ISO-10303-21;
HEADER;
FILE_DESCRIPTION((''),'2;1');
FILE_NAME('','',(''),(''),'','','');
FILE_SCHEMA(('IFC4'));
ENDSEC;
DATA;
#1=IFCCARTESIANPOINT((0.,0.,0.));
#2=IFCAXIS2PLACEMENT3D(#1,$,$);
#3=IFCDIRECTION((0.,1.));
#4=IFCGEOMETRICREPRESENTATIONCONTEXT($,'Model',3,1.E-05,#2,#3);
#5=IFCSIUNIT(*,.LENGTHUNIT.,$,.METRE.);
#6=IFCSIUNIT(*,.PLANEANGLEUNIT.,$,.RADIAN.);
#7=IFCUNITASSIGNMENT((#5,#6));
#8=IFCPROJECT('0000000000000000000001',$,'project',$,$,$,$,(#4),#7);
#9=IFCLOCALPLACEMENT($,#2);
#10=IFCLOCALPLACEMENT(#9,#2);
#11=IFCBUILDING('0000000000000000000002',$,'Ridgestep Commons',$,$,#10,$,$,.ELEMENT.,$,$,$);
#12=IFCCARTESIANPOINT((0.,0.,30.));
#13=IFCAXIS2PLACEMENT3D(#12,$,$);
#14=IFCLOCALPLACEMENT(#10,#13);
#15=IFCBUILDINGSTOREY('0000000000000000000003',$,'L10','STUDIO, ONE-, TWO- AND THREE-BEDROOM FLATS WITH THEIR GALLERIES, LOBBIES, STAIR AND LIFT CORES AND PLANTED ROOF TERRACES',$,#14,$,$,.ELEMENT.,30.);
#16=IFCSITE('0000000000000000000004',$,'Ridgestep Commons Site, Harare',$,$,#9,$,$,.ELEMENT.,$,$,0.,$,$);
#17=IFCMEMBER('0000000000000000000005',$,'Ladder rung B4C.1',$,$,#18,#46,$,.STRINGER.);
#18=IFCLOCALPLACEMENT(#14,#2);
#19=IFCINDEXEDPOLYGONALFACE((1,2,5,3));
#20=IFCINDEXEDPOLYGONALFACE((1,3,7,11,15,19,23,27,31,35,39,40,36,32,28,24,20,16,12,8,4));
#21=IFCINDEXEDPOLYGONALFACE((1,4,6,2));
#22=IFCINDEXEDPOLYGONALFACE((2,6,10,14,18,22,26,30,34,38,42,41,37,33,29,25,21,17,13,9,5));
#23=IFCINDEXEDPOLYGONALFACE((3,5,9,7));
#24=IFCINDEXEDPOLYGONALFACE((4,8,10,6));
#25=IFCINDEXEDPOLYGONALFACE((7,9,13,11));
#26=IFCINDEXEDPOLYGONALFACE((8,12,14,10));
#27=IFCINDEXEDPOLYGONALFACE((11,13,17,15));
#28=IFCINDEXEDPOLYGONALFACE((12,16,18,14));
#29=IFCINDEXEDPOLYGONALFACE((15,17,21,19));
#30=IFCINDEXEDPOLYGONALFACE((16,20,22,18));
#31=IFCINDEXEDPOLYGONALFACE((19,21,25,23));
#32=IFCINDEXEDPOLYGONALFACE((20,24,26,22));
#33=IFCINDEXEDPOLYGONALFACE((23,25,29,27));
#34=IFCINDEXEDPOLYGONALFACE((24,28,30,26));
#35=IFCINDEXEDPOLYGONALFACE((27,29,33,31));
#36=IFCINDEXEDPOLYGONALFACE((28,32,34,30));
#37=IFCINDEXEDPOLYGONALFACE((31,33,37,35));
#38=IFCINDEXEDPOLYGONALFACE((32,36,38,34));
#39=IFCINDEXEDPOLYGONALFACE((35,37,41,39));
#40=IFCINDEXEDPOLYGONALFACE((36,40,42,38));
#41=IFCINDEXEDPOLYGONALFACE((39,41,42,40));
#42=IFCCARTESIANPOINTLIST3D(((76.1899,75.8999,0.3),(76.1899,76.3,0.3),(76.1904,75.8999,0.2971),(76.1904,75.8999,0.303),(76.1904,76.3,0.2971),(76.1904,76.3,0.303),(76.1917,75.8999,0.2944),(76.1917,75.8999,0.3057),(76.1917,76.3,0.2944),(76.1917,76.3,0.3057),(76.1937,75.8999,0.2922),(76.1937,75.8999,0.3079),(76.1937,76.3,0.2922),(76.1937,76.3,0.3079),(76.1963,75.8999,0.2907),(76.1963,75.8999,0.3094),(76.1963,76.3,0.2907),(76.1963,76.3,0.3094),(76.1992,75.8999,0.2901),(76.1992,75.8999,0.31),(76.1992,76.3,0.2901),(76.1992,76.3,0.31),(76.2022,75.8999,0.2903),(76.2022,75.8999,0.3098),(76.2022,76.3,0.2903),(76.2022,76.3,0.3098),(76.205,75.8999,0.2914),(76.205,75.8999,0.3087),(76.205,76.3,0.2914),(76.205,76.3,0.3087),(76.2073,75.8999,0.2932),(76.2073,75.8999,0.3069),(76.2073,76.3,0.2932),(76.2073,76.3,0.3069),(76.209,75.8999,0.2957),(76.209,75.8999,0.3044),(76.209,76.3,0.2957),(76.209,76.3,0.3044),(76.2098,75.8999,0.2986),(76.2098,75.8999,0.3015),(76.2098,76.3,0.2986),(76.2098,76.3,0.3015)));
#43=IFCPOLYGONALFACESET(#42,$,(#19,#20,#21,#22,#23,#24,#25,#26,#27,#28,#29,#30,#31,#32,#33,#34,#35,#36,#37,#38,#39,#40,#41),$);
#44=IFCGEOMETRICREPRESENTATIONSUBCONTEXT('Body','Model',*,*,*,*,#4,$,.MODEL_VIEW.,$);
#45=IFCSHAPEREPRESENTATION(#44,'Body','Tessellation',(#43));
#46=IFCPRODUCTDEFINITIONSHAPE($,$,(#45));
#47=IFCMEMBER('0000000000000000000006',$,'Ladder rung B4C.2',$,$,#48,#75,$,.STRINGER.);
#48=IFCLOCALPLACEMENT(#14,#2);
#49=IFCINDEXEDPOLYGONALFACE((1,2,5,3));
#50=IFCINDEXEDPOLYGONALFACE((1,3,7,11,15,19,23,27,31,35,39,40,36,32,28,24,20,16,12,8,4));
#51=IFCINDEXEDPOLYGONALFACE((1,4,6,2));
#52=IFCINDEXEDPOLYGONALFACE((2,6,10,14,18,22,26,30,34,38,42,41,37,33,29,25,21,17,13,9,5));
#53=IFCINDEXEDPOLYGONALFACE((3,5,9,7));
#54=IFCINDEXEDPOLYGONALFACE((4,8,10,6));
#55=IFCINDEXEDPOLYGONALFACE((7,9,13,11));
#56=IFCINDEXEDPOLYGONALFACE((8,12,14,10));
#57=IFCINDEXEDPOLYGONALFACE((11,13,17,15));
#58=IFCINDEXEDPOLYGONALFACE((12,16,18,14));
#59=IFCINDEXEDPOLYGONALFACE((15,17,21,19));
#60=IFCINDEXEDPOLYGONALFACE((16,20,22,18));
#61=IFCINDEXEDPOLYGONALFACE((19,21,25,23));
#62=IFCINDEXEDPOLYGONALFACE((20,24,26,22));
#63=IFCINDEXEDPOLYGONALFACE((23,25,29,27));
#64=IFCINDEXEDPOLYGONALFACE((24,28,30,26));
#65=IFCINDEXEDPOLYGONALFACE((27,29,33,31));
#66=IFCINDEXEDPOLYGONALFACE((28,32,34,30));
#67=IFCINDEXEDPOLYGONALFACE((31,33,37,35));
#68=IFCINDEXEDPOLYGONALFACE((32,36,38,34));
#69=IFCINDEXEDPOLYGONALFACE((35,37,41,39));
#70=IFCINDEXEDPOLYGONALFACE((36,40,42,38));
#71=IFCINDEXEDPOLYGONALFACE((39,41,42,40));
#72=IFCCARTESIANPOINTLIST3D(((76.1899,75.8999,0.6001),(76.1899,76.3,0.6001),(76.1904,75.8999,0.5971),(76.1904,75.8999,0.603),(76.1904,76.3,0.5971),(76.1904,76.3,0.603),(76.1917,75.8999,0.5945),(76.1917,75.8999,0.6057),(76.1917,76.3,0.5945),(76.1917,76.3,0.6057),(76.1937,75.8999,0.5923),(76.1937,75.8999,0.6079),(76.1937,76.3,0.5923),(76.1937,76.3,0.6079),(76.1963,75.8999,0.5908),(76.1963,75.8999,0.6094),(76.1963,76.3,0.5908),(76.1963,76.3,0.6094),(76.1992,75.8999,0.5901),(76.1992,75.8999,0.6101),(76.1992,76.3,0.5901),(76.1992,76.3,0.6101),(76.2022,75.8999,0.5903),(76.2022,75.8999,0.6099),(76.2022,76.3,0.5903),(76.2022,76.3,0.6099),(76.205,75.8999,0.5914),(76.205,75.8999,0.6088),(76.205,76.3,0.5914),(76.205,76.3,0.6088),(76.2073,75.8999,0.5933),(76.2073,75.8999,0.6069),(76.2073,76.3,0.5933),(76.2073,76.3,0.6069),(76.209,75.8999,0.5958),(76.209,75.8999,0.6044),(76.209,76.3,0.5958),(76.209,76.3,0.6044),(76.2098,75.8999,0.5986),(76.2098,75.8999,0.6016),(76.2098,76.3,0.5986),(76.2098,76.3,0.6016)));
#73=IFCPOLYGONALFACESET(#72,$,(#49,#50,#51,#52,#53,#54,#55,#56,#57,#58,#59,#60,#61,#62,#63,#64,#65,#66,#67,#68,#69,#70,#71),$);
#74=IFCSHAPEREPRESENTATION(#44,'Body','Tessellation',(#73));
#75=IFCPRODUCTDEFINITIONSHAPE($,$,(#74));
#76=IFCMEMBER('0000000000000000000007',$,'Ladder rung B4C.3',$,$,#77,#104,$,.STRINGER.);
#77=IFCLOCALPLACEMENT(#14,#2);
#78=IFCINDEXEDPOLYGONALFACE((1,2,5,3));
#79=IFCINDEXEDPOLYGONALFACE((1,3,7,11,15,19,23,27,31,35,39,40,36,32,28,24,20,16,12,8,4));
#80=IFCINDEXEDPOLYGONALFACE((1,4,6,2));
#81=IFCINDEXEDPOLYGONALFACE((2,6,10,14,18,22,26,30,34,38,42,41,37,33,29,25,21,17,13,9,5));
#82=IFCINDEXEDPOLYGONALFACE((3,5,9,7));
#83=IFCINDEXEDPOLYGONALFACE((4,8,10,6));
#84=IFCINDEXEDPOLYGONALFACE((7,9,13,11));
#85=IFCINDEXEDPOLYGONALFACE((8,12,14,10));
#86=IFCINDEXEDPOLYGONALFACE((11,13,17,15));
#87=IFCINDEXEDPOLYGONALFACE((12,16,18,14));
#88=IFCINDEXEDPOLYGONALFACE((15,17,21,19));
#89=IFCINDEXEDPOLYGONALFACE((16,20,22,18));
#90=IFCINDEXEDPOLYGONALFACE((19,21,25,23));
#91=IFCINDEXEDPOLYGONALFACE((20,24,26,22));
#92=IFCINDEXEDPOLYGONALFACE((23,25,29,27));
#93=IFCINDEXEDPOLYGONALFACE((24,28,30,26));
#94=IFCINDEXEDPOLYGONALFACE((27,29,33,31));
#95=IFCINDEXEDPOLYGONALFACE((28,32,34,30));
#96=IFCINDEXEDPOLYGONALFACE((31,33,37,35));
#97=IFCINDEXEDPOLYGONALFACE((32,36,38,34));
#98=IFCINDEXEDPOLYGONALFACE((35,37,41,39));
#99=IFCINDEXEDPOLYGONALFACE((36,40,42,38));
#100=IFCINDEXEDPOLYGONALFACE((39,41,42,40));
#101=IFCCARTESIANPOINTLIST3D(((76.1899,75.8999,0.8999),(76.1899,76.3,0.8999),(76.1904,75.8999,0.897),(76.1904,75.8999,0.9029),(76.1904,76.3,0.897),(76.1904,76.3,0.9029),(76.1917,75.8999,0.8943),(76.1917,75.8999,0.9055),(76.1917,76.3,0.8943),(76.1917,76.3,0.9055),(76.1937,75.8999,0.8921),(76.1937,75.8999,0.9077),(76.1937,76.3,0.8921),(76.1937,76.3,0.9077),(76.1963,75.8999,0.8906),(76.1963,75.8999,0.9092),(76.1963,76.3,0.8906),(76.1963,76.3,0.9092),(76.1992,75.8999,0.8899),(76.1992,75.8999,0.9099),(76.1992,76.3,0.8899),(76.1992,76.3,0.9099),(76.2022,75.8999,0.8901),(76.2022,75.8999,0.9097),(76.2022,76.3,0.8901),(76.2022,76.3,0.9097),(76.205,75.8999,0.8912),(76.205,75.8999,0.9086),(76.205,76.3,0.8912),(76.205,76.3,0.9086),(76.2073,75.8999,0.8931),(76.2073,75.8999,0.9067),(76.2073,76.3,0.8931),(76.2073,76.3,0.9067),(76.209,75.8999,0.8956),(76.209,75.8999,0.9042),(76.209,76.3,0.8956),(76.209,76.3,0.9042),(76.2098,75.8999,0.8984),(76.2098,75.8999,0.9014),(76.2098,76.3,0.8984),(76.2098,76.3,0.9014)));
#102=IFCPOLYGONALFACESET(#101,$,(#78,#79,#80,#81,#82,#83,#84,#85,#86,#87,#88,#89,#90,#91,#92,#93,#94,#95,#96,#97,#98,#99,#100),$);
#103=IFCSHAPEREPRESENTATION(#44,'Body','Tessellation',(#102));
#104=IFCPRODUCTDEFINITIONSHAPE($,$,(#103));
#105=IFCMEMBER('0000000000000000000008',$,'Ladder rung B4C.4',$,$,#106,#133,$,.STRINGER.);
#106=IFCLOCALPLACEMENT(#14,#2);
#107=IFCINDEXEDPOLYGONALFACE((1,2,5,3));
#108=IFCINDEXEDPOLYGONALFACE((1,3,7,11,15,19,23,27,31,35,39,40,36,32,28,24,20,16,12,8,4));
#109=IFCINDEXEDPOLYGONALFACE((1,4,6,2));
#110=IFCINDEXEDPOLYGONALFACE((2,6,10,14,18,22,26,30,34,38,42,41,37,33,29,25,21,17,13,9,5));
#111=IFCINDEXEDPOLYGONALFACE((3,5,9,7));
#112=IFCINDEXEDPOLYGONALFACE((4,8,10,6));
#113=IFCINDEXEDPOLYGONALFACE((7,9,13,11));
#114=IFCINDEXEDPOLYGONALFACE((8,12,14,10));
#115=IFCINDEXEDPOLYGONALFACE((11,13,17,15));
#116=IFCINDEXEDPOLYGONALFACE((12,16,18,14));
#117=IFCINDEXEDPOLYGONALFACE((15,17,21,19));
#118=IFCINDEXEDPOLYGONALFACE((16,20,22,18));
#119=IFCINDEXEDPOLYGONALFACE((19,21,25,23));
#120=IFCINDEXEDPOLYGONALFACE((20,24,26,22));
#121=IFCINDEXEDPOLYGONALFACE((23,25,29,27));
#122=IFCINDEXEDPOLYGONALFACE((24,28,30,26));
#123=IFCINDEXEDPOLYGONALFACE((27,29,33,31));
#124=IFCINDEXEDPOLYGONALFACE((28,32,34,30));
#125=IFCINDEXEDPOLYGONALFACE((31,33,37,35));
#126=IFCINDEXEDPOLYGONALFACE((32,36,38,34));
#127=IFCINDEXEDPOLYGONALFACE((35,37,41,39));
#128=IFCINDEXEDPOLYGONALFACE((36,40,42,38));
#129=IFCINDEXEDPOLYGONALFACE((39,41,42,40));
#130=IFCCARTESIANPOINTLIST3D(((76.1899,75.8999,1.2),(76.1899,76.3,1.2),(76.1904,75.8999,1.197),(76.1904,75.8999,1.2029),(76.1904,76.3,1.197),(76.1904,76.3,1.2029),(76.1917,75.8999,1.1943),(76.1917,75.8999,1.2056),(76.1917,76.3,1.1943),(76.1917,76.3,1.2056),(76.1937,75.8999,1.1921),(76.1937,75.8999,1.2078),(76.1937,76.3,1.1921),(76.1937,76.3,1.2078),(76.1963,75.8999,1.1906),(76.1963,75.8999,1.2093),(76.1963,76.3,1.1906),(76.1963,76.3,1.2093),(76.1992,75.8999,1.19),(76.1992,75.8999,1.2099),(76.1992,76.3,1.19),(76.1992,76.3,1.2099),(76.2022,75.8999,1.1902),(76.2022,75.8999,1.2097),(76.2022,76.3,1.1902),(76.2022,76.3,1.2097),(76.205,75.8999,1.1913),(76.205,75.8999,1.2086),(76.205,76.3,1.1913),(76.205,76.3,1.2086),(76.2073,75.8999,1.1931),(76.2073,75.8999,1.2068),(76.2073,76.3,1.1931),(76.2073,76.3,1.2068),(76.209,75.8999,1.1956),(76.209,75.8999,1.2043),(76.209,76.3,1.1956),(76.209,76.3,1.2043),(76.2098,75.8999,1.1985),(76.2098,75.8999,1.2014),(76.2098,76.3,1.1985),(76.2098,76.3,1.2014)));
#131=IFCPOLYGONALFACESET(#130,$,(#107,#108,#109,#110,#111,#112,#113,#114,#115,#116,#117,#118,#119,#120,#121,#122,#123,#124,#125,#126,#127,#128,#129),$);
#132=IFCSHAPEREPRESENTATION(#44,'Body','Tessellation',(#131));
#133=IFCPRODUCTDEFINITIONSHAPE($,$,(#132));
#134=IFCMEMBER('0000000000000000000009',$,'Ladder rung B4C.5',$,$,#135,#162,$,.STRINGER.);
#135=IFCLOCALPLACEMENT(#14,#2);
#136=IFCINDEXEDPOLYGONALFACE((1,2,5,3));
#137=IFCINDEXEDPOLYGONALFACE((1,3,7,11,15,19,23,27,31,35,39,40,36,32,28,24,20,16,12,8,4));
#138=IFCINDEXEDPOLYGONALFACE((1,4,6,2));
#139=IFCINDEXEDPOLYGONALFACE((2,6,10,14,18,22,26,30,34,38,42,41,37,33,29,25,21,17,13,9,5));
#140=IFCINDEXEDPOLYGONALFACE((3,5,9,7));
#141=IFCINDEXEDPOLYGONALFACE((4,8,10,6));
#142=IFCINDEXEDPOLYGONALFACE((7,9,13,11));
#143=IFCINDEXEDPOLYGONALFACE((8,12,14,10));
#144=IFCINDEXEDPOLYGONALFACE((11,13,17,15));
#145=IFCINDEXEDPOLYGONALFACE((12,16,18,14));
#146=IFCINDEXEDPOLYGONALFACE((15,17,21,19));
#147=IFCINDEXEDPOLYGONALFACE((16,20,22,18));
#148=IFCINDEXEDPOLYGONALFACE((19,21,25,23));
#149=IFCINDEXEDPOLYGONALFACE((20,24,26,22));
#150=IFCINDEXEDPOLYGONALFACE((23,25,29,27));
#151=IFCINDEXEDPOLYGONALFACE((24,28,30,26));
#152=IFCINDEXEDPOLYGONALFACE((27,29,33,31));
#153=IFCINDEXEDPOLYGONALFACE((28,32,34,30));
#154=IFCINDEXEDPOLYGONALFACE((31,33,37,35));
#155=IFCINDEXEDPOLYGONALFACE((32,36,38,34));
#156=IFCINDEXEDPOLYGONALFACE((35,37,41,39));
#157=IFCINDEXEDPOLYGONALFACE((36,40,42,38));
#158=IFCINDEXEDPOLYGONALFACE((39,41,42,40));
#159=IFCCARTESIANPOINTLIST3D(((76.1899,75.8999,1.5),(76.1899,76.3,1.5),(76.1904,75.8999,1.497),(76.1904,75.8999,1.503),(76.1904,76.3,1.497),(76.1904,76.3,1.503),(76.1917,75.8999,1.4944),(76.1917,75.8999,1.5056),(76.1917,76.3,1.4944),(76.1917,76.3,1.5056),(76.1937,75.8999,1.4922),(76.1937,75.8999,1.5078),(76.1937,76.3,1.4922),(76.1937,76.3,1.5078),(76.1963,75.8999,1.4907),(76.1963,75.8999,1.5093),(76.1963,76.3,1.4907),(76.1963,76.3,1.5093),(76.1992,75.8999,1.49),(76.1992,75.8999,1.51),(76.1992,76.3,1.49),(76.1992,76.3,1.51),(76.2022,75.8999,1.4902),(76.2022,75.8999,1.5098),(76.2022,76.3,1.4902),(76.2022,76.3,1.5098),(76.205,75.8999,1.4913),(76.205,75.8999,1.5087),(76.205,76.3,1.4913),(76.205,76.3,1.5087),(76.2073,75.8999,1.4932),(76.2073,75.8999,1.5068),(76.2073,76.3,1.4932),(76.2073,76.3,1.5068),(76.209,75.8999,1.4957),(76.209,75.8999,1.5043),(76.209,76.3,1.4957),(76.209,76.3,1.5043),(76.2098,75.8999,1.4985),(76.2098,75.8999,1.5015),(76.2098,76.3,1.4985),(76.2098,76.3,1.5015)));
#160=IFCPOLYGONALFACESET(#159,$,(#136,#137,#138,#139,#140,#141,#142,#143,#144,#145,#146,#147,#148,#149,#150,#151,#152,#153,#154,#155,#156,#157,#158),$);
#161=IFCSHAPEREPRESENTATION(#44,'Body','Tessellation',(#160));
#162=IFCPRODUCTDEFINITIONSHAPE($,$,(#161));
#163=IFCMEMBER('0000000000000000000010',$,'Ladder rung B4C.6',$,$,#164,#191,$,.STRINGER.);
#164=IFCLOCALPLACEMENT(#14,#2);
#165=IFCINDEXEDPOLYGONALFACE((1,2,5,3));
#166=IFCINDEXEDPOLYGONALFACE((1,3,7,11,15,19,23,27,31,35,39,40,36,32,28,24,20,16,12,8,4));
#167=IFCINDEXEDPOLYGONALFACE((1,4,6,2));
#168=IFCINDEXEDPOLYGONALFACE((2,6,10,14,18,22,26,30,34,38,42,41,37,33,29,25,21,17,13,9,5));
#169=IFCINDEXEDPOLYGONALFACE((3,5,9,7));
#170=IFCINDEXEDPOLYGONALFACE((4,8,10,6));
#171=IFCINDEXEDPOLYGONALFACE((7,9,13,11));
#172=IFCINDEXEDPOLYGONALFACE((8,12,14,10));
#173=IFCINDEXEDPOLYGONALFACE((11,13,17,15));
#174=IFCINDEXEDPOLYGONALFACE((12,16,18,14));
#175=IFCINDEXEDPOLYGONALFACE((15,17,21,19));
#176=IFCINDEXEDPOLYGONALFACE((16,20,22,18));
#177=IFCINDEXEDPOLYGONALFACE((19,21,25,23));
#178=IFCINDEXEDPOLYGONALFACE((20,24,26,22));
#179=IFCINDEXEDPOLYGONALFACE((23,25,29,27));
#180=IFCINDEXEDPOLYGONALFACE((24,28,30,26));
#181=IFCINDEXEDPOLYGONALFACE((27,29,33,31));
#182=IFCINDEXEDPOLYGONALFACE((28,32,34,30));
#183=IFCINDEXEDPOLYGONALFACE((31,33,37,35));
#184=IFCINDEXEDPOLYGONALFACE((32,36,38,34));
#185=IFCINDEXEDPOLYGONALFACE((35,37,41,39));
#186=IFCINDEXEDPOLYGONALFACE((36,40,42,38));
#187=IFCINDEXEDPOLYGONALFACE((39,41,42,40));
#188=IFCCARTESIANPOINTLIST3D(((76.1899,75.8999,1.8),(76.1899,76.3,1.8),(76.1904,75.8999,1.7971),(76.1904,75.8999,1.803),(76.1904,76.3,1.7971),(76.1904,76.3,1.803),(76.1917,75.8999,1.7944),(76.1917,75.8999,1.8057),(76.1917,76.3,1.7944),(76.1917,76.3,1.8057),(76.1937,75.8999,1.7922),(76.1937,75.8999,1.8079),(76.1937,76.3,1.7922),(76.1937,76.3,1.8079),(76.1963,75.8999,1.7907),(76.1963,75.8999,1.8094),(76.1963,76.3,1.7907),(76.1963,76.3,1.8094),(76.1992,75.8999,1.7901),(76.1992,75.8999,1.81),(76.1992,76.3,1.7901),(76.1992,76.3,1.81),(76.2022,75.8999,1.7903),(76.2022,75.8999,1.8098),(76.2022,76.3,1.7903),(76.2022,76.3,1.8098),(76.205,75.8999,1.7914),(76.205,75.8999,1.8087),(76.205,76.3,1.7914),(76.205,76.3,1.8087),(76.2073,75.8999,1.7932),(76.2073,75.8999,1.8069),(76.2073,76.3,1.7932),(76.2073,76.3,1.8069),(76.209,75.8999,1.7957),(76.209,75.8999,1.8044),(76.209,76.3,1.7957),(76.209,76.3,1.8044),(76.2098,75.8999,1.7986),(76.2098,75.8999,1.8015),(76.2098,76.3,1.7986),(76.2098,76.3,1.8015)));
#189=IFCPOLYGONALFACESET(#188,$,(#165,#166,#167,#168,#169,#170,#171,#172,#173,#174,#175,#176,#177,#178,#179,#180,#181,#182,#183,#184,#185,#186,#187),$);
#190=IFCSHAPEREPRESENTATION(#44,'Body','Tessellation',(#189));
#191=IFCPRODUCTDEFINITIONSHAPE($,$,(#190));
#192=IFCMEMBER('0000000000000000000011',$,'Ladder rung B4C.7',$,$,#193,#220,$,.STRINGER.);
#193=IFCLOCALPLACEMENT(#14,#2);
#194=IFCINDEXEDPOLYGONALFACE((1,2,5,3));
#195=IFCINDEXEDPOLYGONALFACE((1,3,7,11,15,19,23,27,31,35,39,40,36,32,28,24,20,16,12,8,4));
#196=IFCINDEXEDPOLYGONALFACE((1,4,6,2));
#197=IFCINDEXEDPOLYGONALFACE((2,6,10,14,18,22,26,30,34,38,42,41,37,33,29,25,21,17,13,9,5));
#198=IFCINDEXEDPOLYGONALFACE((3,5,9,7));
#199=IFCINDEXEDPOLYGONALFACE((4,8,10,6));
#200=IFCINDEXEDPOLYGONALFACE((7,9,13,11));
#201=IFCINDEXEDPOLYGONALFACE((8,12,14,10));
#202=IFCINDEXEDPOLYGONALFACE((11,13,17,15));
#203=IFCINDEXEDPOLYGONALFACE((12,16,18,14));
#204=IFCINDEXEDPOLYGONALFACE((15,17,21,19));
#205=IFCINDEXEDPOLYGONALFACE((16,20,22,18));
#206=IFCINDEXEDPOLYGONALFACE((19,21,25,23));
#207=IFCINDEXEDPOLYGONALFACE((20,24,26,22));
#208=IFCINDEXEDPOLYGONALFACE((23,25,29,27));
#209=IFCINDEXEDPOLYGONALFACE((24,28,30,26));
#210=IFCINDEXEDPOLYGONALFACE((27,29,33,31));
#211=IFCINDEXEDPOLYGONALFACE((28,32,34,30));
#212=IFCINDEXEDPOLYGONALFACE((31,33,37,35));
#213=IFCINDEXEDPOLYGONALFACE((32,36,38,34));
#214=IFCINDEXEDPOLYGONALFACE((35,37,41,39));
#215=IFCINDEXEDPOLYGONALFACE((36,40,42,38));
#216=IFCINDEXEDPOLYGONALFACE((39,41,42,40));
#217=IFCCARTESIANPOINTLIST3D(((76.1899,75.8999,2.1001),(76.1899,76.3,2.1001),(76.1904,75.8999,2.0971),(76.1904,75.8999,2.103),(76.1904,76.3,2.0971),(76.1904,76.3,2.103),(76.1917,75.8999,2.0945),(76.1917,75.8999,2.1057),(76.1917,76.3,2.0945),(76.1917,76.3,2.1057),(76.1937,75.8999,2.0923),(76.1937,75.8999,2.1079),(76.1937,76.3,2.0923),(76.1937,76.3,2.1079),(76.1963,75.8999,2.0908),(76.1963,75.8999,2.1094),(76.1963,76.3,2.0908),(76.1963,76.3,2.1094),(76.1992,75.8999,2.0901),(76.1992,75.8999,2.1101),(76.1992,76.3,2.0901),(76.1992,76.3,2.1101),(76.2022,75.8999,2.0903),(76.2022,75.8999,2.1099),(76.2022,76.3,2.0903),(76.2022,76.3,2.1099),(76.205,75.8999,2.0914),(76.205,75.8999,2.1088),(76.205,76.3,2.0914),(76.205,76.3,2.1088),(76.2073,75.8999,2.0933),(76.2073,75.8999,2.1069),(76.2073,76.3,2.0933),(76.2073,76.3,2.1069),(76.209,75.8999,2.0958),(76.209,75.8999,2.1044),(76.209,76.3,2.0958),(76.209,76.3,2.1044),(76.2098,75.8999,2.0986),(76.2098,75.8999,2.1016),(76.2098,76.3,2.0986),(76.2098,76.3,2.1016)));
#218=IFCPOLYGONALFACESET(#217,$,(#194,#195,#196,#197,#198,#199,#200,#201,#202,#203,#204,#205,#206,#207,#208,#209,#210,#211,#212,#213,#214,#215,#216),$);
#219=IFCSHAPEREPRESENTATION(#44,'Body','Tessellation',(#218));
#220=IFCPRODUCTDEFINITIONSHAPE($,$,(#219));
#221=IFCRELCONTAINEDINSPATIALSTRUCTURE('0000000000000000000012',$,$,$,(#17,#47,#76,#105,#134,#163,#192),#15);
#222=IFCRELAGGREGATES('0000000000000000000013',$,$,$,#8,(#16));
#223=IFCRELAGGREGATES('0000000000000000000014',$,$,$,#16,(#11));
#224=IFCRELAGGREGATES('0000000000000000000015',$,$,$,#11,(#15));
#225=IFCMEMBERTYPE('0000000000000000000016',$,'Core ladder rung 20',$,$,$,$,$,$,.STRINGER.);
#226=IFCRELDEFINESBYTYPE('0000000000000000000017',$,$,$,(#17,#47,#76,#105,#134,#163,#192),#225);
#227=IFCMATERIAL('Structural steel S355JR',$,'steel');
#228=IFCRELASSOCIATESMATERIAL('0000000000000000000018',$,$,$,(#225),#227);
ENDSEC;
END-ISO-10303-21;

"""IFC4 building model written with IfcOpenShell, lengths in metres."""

from ifc_helpers import new_model, si_unit, direction, frame, origin, origin_2d, place, context, subcontext, project, spatial, circle, extrude, material, material_profile, profile_set, type_object, element, save


model = new_model("IFC4")

# Units and contexts
model_context = context("Model", 3, precision=1e-05, world=origin(), true_north=direction((0.0, 1.0)))
body_context = subcontext(model_context, "Body", "Model", "MODEL_VIEW")
ifc_project = project(units=[si_unit("LENGTHUNIT", "METRE"), si_unit("PLANEANGLEUNIT", "RADIAN")], contexts=[model_context])

# Site, building, storey
site_placement = place(None, origin())
site = spatial("IfcSite", under=ifc_project, at=site_placement, Name="Ridgestep Commons Site, Harare", CompositionType="ELEMENT", RefElevation=0.0)
building_placement = place(site_placement, origin())
building = spatial("IfcBuilding", under=site, at=building_placement, Name="Ridgestep Commons", CompositionType="ELEMENT")
storey_placement = place(building_placement, frame((0.0, 0.0, 30.0)))
storey = spatial("IfcBuildingStorey", under=building, at=storey_placement, Name="L10", Description="STUDIO, ONE-, TWO- AND THREE-BEDROOM FLATS WITH THEIR GALLERIES, LOBBIES, STAIR AND LIFT CORES AND PLANTED ROOF TERRACES", CompositionType="ELEMENT", Elevation=30.0)

# Members
ifc_material_1 = material(Name="Structural steel S355JR", Category="steel")
ifc_material_profile_1 = material_profile(ifc_material_1, circle(Radius=0.01, at=origin_2d()), Name="Round bar 20")
ifc_profile_set_1 = profile_set([ifc_material_profile_1], Name="Structural steel S355JR")
member_type_1 = type_object("IfcMemberType", Name="Core ladder rung 20", PredefinedType="STRINGER", material=ifc_profile_set_1)
for number, where, z_axis, x_axis, name in (
    (1, (76.2, 75.8999, 0.3), (0.0, 1.0, 0.0), (-1.0, 0.0, 0.0), "Ladder rung B4C.1"),
    (2, (76.2, 75.8999, 0.6001), (0.0, 1.0, 0.0), (-1.0, 0.0, 0.0), "Ladder rung B4C.2"),
    (3, (76.2, 75.8999, 0.8999), (0.0, 1.0, 0.0), (-1.0, 0.0, 0.0), "Ladder rung B4C.3"),
    (4, (76.2, 75.8999, 1.2), (0.0, 1.0, 0.0), (-1.0, 0.0, 0.0), "Ladder rung B4C.4"),
    (5, (76.2, 75.8999, 1.5), (0.0, 1.0, 0.0), (-1.0, 0.0, 0.0), "Ladder rung B4C.5"),
    (6, (76.2, 75.8999, 1.8), (0.0, 1.0, 0.0), (-1.0, 0.0, 0.0), "Ladder rung B4C.6"),
    (7, (76.2, 75.8999, 2.1001), (0.0, 1.0, 0.0), (-1.0, 0.0, 0.0), "Ladder rung B4C.7"),
):
    element("IfcMember", number, at=place(storey_placement, frame(where, z_axis=z_axis, x_axis=x_axis)), inside=storey, type_object=member_type_1, Name=name, PredefinedType="STRINGER", context=body_context, shape_type="SweptSolid", body=[
        extrude(circle(Radius=0.01, at=origin_2d()), origin(), (0.0, 0.0, 1.0), 0.4001),
    ])

save(model, "model.ifc")
